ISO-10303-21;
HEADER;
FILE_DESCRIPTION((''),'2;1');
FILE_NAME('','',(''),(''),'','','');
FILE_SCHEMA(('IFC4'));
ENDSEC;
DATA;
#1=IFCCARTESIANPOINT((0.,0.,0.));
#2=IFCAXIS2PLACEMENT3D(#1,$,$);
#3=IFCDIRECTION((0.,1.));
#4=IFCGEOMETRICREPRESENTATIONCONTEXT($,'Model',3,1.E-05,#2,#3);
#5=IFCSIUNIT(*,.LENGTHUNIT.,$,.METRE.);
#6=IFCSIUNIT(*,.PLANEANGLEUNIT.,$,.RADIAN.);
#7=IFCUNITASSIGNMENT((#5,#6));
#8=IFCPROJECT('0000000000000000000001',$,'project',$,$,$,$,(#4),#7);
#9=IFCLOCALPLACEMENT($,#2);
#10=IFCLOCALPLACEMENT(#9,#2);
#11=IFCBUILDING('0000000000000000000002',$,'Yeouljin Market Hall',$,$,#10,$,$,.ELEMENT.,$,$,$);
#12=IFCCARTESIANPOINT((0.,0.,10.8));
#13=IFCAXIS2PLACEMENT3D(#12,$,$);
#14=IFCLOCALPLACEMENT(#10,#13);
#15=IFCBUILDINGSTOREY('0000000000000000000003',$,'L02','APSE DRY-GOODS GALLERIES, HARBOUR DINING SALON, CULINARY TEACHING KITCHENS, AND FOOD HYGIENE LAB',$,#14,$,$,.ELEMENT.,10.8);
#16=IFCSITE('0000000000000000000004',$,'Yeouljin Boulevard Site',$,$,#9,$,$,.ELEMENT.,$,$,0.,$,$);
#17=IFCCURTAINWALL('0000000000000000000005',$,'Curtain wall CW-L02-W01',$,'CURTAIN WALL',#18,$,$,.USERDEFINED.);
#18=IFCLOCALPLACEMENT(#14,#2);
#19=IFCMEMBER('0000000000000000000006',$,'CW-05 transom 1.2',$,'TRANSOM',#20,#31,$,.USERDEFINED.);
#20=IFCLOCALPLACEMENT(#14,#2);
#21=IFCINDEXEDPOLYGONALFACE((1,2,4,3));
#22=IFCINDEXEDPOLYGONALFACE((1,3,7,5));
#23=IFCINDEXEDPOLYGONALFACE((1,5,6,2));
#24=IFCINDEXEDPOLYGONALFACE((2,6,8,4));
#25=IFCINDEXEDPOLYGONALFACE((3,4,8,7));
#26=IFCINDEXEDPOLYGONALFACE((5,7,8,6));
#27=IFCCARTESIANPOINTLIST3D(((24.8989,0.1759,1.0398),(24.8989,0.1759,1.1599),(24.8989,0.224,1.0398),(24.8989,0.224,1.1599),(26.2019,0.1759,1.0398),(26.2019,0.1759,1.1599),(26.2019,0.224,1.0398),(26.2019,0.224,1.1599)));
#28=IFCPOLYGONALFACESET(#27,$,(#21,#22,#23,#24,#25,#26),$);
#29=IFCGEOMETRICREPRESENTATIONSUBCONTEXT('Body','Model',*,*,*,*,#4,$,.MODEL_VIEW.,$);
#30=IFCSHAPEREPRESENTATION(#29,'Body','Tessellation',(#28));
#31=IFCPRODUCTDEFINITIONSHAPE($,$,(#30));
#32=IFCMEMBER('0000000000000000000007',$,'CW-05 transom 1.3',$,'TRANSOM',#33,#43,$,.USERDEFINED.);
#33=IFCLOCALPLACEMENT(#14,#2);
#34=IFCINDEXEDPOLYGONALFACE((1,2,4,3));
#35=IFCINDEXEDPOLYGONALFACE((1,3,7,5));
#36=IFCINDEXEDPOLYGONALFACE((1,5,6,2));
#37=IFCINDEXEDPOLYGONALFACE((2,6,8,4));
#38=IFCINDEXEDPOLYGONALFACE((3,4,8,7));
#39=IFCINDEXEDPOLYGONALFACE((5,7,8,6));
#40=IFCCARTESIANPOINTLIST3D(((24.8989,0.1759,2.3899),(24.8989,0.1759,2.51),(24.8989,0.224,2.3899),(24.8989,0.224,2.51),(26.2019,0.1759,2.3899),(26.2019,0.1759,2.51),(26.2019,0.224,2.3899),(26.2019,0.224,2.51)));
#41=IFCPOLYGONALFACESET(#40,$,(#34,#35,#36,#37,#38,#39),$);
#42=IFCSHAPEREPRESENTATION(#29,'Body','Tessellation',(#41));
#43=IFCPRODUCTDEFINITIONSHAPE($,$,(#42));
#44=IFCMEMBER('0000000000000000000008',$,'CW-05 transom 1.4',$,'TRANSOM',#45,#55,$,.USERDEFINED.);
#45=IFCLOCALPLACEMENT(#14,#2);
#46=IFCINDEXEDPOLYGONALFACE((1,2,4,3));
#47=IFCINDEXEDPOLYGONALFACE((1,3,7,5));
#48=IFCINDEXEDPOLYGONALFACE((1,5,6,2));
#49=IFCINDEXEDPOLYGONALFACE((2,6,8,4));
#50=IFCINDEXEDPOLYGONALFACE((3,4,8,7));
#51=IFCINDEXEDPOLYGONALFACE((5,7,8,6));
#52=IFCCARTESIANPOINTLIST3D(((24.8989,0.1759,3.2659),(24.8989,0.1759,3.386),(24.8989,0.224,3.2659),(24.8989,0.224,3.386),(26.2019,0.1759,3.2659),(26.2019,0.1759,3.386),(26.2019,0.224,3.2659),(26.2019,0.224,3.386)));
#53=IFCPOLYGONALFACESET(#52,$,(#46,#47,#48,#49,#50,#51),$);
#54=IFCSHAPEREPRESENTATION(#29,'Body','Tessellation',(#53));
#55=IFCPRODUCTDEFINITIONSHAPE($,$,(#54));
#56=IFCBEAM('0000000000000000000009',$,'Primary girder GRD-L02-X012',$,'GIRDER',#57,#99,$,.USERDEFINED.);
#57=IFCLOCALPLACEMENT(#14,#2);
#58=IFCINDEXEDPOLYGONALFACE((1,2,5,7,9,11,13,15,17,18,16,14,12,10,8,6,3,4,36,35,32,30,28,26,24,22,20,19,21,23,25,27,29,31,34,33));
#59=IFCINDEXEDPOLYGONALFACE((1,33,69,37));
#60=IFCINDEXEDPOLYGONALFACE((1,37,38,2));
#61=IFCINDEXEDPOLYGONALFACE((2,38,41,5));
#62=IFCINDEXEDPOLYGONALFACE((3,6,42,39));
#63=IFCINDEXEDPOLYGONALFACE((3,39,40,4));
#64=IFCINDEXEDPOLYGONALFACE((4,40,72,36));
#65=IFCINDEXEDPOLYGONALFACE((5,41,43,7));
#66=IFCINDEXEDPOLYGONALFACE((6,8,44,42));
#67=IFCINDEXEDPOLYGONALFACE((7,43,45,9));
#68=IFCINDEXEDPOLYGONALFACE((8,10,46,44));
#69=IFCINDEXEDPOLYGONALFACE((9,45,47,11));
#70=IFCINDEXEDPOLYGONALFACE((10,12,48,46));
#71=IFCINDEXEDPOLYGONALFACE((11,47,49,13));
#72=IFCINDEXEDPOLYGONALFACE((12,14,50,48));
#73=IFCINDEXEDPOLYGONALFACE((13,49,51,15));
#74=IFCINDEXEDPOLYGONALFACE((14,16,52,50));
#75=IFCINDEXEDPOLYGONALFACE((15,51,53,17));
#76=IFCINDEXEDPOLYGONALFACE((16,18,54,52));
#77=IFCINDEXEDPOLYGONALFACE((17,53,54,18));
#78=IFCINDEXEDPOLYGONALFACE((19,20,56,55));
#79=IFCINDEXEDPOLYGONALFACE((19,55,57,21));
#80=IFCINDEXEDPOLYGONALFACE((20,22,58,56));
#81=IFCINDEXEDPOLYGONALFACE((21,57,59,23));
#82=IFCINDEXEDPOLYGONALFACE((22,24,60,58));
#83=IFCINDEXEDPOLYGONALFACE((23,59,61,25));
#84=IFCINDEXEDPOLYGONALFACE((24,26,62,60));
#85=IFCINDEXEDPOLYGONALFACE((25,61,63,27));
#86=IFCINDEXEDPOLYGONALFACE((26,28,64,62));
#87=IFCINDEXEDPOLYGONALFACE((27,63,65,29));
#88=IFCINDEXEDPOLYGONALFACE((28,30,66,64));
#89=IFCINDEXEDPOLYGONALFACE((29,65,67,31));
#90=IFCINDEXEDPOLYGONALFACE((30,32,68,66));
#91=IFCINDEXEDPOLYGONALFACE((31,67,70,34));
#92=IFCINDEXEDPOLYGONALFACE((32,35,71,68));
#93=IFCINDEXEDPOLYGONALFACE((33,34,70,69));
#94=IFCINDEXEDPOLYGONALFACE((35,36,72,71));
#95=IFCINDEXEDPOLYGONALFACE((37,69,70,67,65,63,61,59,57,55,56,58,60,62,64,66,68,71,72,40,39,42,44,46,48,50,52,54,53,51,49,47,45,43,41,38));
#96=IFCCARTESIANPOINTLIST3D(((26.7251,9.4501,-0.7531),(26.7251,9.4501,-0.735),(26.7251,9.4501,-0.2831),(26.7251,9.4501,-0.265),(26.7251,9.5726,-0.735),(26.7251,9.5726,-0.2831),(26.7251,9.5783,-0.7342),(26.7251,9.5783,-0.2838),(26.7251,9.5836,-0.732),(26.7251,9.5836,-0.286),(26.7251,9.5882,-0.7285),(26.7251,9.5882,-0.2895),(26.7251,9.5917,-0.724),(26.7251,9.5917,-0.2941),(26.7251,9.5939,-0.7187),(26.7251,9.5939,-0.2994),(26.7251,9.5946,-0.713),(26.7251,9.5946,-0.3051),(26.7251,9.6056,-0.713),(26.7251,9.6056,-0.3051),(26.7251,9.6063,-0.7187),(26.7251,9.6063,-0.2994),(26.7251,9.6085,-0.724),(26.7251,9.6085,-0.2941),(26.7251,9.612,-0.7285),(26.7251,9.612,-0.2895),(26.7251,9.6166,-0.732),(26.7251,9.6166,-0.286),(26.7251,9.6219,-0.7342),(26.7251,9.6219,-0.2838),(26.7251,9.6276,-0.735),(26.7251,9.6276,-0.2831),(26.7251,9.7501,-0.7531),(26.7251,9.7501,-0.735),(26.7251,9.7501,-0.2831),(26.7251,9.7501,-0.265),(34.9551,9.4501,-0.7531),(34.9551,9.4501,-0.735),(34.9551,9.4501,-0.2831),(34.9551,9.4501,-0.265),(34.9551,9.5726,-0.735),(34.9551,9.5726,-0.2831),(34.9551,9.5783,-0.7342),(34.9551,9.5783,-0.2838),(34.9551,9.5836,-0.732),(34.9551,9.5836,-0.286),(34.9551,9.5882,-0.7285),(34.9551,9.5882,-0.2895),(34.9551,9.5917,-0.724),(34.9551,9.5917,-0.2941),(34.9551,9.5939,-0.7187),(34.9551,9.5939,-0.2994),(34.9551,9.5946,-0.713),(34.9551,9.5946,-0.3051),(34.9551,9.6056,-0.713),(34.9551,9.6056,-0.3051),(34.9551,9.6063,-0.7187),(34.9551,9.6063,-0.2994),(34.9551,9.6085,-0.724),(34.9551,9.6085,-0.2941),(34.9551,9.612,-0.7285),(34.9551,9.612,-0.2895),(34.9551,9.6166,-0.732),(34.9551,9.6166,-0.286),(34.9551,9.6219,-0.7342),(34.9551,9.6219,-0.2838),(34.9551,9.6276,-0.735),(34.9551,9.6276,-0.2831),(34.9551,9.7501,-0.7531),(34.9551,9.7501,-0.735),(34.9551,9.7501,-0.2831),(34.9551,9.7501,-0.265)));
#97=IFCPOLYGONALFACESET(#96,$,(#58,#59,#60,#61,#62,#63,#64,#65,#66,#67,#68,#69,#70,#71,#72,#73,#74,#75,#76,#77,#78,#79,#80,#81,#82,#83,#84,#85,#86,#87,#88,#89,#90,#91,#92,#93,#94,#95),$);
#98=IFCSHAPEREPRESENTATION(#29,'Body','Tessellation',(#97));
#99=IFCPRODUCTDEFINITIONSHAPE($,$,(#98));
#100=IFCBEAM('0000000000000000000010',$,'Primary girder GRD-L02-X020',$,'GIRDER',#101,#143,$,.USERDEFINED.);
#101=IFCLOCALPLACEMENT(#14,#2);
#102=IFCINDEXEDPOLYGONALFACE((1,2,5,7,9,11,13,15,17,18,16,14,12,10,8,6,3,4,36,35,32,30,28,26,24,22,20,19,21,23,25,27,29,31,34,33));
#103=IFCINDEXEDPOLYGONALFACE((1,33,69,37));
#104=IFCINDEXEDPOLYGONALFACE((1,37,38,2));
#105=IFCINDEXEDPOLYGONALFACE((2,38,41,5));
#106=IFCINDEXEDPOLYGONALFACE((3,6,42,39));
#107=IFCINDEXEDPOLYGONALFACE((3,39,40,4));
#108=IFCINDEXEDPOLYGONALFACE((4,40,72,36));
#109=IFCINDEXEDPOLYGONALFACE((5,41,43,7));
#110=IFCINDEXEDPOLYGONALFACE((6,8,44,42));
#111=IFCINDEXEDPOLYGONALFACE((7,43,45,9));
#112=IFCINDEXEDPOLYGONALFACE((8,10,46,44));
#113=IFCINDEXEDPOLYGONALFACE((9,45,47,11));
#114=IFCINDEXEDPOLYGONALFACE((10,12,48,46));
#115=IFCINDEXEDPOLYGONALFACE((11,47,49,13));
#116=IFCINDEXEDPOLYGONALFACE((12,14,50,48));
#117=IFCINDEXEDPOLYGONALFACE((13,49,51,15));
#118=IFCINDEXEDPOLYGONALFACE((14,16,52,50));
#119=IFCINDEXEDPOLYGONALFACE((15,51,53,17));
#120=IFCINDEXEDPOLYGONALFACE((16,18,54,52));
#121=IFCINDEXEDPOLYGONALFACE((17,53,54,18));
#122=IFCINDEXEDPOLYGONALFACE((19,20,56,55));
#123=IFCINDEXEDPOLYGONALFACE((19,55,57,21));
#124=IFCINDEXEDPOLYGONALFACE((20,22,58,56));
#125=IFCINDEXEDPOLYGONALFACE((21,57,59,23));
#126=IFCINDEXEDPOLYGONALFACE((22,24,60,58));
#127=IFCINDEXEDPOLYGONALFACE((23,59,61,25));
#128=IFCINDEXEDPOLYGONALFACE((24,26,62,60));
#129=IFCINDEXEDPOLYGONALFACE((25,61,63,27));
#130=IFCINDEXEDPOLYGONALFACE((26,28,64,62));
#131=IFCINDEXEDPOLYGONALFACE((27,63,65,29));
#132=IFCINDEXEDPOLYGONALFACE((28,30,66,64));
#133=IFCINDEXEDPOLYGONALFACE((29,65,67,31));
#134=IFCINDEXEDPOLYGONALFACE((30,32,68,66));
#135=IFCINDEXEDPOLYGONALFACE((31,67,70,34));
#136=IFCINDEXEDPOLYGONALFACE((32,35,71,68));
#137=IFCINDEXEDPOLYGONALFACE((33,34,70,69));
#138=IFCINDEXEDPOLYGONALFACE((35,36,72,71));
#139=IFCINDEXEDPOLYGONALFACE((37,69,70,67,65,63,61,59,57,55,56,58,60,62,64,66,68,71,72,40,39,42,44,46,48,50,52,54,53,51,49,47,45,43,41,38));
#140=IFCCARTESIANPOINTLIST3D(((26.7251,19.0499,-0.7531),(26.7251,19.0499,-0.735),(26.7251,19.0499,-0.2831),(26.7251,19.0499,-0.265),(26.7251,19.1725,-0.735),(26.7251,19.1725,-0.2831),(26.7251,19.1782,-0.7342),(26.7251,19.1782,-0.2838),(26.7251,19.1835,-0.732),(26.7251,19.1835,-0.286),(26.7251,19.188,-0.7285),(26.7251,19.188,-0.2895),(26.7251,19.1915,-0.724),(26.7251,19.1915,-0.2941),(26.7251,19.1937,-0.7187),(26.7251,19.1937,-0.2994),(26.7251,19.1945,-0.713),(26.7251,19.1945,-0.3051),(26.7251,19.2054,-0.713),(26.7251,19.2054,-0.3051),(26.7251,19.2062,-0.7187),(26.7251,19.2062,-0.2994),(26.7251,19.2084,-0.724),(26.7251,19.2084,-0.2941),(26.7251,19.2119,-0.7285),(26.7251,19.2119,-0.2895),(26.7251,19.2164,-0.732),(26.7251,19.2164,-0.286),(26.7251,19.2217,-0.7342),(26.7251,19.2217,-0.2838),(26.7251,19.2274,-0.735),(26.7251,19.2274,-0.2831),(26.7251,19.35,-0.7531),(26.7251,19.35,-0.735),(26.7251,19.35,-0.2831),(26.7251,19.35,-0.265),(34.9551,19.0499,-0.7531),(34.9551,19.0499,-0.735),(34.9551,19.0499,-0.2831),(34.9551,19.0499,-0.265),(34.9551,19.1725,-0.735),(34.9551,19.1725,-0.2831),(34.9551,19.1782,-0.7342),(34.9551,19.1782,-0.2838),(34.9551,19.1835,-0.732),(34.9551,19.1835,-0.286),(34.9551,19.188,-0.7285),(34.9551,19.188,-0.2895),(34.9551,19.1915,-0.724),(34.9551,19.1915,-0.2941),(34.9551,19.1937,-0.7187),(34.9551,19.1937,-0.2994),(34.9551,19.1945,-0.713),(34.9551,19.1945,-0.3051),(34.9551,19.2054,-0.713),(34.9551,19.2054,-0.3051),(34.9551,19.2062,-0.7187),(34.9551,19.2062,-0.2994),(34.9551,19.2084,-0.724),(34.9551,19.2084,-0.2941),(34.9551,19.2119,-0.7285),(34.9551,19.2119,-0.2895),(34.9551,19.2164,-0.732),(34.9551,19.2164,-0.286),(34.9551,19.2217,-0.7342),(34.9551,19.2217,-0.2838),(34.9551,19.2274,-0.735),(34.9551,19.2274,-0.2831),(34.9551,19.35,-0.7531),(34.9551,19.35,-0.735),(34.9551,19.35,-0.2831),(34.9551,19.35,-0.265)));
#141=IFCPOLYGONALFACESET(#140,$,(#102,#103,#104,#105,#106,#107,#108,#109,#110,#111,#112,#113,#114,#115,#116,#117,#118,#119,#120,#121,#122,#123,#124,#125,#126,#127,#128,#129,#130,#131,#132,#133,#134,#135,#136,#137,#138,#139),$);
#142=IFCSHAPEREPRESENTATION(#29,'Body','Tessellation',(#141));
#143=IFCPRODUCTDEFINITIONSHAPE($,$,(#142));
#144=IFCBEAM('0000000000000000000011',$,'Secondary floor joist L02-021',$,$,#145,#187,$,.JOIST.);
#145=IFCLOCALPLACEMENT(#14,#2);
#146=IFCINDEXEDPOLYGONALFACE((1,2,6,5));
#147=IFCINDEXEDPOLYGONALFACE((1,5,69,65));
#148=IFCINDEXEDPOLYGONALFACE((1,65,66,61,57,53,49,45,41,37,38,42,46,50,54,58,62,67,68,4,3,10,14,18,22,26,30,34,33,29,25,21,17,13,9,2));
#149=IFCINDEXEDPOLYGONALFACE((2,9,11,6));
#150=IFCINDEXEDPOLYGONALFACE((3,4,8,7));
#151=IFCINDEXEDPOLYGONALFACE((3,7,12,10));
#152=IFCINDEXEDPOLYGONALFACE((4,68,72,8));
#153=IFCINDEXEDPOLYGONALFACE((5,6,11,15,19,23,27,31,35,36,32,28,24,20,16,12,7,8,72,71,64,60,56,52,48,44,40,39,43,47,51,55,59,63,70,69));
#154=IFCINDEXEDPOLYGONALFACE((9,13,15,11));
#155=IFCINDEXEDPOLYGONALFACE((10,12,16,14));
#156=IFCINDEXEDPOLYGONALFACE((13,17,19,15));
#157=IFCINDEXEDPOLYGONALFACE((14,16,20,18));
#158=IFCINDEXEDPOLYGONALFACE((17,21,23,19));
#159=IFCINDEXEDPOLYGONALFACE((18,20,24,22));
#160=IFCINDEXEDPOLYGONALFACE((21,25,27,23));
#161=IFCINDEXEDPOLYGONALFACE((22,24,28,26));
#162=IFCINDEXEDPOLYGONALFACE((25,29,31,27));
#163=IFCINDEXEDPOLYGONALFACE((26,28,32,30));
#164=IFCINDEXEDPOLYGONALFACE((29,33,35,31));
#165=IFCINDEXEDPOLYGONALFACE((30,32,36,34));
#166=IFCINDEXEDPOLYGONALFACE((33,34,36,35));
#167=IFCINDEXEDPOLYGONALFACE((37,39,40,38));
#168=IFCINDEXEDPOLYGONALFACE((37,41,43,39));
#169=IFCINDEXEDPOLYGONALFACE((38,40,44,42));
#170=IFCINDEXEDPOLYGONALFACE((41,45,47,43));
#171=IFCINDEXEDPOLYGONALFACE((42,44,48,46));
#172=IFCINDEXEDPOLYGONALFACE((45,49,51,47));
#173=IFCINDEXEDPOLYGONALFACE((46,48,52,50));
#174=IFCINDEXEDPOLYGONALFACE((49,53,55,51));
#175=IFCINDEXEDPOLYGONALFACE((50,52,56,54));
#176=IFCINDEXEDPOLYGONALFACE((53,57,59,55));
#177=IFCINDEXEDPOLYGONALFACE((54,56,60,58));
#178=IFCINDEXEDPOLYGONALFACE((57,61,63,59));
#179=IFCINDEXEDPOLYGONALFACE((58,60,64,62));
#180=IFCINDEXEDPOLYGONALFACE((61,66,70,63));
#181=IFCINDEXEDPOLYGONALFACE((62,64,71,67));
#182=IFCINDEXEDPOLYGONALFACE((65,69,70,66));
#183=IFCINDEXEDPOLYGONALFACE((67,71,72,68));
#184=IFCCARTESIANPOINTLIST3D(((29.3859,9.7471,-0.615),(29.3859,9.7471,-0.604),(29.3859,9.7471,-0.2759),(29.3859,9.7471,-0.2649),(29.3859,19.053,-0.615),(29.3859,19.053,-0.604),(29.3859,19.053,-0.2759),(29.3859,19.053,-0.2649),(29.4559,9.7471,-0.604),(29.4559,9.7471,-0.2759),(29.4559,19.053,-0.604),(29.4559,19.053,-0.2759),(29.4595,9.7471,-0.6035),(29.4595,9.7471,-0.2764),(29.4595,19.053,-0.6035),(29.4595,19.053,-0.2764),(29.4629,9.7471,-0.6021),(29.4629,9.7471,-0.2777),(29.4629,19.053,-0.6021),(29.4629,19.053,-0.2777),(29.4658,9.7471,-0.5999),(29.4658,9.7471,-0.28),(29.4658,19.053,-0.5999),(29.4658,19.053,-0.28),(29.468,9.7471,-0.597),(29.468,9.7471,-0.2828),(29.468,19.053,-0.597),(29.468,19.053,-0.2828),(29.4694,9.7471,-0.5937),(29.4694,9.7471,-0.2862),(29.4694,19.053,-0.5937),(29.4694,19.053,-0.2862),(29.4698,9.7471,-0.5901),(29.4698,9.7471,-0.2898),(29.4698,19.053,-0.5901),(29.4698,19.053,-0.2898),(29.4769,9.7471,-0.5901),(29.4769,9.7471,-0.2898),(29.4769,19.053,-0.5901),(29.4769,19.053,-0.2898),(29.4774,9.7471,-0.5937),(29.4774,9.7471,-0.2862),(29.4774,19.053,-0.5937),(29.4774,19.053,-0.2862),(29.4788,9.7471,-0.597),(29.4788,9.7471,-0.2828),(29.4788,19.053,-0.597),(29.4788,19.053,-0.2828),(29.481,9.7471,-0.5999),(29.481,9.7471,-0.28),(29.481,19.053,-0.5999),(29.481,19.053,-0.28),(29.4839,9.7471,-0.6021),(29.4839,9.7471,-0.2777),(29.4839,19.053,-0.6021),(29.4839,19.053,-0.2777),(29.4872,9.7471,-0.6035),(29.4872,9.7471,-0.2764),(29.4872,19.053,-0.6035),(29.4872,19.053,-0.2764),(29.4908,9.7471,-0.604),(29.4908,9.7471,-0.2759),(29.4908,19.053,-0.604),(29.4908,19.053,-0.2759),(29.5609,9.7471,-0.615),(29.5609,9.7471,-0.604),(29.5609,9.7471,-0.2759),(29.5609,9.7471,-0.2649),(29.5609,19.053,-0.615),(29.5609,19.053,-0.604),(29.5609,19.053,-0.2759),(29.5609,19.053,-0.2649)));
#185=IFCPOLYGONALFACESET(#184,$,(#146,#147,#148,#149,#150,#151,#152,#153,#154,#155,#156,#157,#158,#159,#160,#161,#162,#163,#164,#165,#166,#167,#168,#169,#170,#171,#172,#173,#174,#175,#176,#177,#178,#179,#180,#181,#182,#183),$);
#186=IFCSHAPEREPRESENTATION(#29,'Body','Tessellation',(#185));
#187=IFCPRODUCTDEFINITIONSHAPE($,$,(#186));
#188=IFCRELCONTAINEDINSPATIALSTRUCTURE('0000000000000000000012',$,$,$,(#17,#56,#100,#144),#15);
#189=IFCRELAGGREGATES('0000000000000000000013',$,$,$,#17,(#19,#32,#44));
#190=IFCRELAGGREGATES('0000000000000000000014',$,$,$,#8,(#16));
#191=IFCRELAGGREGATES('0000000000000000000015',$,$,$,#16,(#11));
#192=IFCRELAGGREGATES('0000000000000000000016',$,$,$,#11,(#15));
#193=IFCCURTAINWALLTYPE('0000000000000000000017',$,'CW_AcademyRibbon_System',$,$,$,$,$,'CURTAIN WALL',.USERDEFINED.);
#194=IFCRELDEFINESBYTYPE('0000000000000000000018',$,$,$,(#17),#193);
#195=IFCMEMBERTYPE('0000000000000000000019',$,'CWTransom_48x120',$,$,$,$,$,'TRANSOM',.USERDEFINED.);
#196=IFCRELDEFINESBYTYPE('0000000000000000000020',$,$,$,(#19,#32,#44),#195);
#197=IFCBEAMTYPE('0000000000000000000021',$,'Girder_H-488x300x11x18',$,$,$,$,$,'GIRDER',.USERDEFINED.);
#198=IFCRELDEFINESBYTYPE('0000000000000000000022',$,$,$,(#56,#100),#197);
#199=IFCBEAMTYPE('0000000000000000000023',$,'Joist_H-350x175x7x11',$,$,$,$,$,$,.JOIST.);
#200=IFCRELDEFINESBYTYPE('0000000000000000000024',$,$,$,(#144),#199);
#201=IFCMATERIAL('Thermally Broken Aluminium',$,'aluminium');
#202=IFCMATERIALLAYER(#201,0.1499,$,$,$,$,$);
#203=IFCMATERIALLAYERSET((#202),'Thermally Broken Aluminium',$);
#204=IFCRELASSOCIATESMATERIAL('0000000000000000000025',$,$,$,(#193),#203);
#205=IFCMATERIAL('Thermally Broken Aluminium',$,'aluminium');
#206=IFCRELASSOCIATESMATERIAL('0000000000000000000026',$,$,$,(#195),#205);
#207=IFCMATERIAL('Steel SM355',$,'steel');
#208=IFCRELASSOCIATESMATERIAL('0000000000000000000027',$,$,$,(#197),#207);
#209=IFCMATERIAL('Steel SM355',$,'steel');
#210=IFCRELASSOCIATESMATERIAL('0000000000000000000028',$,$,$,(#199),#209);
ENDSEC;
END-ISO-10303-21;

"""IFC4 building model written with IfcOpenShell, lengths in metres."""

from ifc_helpers import new_model, si_unit, direction, frame, origin, origin_2d, place, context, subcontext, project, spatial, rectangle, i_section, extrude, material, layer, layer_set, material_profile, profile_set, type_object, element, aggregate, save


model = new_model("IFC4")

# Units and contexts
model_context = context("Model", 3, precision=1e-05, world=origin(), true_north=direction((0.0, 1.0)))
body_context = subcontext(model_context, "Body", "Model", "MODEL_VIEW")
ifc_project = project(units=[si_unit("LENGTHUNIT", "METRE"), si_unit("PLANEANGLEUNIT", "RADIAN")], contexts=[model_context])

# Site, building, storey
site_placement = place(None, origin())
site = spatial("IfcSite", under=ifc_project, at=site_placement, Name="Yeouljin Boulevard Site", CompositionType="ELEMENT", RefElevation=0.0)
building_placement = place(site_placement, origin())
building = spatial("IfcBuilding", under=site, at=building_placement, Name="Yeouljin Market Hall", CompositionType="ELEMENT")
storey_placement = place(building_placement, frame((0.0, 0.0, 10.8)))
storey = spatial("IfcBuildingStorey", under=building, at=storey_placement, Name="L02", Description="APSE DRY-GOODS GALLERIES, HARBOUR DINING SALON, CULINARY TEACHING KITCHENS, AND FOOD HYGIENE LAB", CompositionType="ELEMENT", Elevation=10.8)

# Curtain wall, members
ifc_material_1 = material(Name="Thermally Broken Aluminium", Category="aluminium")
ifc_layer_1 = layer(ifc_material_1, 0.1499)
ifc_layer_set_1 = layer_set([ifc_layer_1], Name="Thermally Broken Aluminium")
curtain_wall_type = type_object("IfcCurtainWallType", Name="CW_AcademyRibbon_System", ElementType="CURTAIN WALL", PredefinedType="USERDEFINED", material=ifc_layer_set_1)
curtain_wall_placement = place(storey_placement, origin())
curtain_wall = element("IfcCurtainWall", 1, at=curtain_wall_placement, inside=storey, type_object=curtain_wall_type, Name="Curtain wall CW-L02-W01", ObjectType="CURTAIN WALL", PredefinedType="USERDEFINED")
ifc_material_2 = material(Name="Thermally Broken Aluminium", Category="aluminium")
ifc_material_profile_1 = material_profile(ifc_material_2, rectangle(XDim=0.0481, YDim=0.1201, at=origin_2d()), Name="CW-TRAN-48x120")
ifc_profile_set_1 = profile_set([ifc_material_profile_1], Name="Thermally Broken Aluminium")
member_type_1 = type_object("IfcMemberType", Name="CWTransom_48x120", ElementType="TRANSOM", PredefinedType="USERDEFINED", material=ifc_profile_set_1)
member_1_placement = place(storey_placement, frame((26.2019, 0.2, 1.0999), z_axis=(-1.0, 0.0, 0.0), x_axis=(0.0, -1.0, 0.0)))
member_1 = element("IfcMember", 2, at=member_1_placement, type_object=member_type_1, Name="CW-05 transom 1.2", ObjectType="TRANSOM", PredefinedType="USERDEFINED", context=body_context, shape_type="SweptSolid", body=[
    extrude(rectangle(XDim=0.0481, YDim=0.1201, at=origin_2d()), origin(), (0.0, 0.0, 1.0), 1.303),
])
member_2_placement = place(storey_placement, frame((26.2019, 0.2, 2.45), z_axis=(-1.0, 0.0, 0.0), x_axis=(0.0, -1.0, 0.0)))
member_2 = element("IfcMember", 3, at=member_2_placement, type_object=member_type_1, Name="CW-05 transom 1.3", ObjectType="TRANSOM", PredefinedType="USERDEFINED", context=body_context, shape_type="SweptSolid", body=[
    extrude(rectangle(XDim=0.0481, YDim=0.1201, at=origin_2d()), origin(), (0.0, 0.0, 1.0), 1.303),
])
member_3_placement = place(storey_placement, frame((26.2019, 0.2, 3.3259), z_axis=(-1.0, 0.0, 0.0), x_axis=(0.0, -1.0, 0.0)))
member_3 = element("IfcMember", 4, at=member_3_placement, type_object=member_type_1, Name="CW-05 transom 1.4", ObjectType="TRANSOM", PredefinedType="USERDEFINED", context=body_context, shape_type="SweptSolid", body=[
    extrude(rectangle(XDim=0.0481, YDim=0.1201, at=origin_2d()), origin(), (0.0, 0.0, 1.0), 1.303),
])
aggregate(curtain_wall, [member_1, member_2, member_3])

# Beams
ifc_material_3 = material(Name="Steel SM355", Category="steel")
ifc_material_profile_2 = material_profile(ifc_material_3, i_section(OverallWidth=0.3, OverallDepth=0.488, WebThickness=0.011, FlangeThickness=0.0181, FilletRadius=0.022, at=origin_2d()), Name="H-488x300x11x18")
ifc_profile_set_2 = profile_set([ifc_material_profile_2], Name="Steel SM355")
beam_type_1 = type_object("IfcBeamType", Name="Girder_H-488x300x11x18", ElementType="GIRDER", PredefinedType="USERDEFINED", material=ifc_profile_set_2)
for number, where, z_axis, x_axis, name in (
    (5, (26.7251, 9.6001, -0.509), (1.0, 0.0, 0.0), (0.0, 1.0, 0.0), "Primary girder GRD-L02-X012"),
    (6, (26.7251, 19.2, -0.509), (1.0, 0.0, 0.0), (0.0, 1.0, 0.0), "Primary girder GRD-L02-X020"),
):
    element("IfcBeam", number, at=place(storey_placement, frame(where, z_axis=z_axis, x_axis=x_axis)), inside=storey, type_object=beam_type_1, Name=name, ObjectType="GIRDER", PredefinedType="USERDEFINED", context=body_context, shape_type="SweptSolid", body=[
        extrude(i_section(OverallWidth=0.3, OverallDepth=0.488, WebThickness=0.011, FlangeThickness=0.0181, FilletRadius=0.022, at=origin_2d()), origin(), (0.0, 0.0, 1.0), 8.23),
    ])
ifc_material_4 = material(Name="Steel SM355", Category="steel")
ifc_material_profile_3 = material_profile(ifc_material_4, i_section(OverallWidth=0.175, OverallDepth=0.3501, WebThickness=0.0071, FlangeThickness=0.011, FilletRadius=0.0139, at=origin_2d()), Name="H-350x175x7x11")
ifc_profile_set_3 = profile_set([ifc_material_profile_3], Name="Steel SM355")
beam_type_2 = type_object("IfcBeamType", Name="Joist_H-350x175x7x11", PredefinedType="JOIST", material=ifc_profile_set_3)
for number, where, z_axis, x_axis, name in (
    (7, (29.4734, 9.7471, -0.4399), (0.0, 1.0, 0.0), (-1.0, 0.0, 0.0), "Secondary floor joist L02-021"),
):
    element("IfcBeam", number, at=place(storey_placement, frame(where, z_axis=z_axis, x_axis=x_axis)), inside=storey, type_object=beam_type_2, Name=name, PredefinedType="JOIST", context=body_context, shape_type="SweptSolid", body=[
        extrude(i_section(OverallWidth=0.175, OverallDepth=0.3501, WebThickness=0.0071, FlangeThickness=0.011, FilletRadius=0.0139, at=origin_2d()), origin(), (0.0, 0.0, 1.0), 9.3059),
    ])

save(model, "model.ifc")
